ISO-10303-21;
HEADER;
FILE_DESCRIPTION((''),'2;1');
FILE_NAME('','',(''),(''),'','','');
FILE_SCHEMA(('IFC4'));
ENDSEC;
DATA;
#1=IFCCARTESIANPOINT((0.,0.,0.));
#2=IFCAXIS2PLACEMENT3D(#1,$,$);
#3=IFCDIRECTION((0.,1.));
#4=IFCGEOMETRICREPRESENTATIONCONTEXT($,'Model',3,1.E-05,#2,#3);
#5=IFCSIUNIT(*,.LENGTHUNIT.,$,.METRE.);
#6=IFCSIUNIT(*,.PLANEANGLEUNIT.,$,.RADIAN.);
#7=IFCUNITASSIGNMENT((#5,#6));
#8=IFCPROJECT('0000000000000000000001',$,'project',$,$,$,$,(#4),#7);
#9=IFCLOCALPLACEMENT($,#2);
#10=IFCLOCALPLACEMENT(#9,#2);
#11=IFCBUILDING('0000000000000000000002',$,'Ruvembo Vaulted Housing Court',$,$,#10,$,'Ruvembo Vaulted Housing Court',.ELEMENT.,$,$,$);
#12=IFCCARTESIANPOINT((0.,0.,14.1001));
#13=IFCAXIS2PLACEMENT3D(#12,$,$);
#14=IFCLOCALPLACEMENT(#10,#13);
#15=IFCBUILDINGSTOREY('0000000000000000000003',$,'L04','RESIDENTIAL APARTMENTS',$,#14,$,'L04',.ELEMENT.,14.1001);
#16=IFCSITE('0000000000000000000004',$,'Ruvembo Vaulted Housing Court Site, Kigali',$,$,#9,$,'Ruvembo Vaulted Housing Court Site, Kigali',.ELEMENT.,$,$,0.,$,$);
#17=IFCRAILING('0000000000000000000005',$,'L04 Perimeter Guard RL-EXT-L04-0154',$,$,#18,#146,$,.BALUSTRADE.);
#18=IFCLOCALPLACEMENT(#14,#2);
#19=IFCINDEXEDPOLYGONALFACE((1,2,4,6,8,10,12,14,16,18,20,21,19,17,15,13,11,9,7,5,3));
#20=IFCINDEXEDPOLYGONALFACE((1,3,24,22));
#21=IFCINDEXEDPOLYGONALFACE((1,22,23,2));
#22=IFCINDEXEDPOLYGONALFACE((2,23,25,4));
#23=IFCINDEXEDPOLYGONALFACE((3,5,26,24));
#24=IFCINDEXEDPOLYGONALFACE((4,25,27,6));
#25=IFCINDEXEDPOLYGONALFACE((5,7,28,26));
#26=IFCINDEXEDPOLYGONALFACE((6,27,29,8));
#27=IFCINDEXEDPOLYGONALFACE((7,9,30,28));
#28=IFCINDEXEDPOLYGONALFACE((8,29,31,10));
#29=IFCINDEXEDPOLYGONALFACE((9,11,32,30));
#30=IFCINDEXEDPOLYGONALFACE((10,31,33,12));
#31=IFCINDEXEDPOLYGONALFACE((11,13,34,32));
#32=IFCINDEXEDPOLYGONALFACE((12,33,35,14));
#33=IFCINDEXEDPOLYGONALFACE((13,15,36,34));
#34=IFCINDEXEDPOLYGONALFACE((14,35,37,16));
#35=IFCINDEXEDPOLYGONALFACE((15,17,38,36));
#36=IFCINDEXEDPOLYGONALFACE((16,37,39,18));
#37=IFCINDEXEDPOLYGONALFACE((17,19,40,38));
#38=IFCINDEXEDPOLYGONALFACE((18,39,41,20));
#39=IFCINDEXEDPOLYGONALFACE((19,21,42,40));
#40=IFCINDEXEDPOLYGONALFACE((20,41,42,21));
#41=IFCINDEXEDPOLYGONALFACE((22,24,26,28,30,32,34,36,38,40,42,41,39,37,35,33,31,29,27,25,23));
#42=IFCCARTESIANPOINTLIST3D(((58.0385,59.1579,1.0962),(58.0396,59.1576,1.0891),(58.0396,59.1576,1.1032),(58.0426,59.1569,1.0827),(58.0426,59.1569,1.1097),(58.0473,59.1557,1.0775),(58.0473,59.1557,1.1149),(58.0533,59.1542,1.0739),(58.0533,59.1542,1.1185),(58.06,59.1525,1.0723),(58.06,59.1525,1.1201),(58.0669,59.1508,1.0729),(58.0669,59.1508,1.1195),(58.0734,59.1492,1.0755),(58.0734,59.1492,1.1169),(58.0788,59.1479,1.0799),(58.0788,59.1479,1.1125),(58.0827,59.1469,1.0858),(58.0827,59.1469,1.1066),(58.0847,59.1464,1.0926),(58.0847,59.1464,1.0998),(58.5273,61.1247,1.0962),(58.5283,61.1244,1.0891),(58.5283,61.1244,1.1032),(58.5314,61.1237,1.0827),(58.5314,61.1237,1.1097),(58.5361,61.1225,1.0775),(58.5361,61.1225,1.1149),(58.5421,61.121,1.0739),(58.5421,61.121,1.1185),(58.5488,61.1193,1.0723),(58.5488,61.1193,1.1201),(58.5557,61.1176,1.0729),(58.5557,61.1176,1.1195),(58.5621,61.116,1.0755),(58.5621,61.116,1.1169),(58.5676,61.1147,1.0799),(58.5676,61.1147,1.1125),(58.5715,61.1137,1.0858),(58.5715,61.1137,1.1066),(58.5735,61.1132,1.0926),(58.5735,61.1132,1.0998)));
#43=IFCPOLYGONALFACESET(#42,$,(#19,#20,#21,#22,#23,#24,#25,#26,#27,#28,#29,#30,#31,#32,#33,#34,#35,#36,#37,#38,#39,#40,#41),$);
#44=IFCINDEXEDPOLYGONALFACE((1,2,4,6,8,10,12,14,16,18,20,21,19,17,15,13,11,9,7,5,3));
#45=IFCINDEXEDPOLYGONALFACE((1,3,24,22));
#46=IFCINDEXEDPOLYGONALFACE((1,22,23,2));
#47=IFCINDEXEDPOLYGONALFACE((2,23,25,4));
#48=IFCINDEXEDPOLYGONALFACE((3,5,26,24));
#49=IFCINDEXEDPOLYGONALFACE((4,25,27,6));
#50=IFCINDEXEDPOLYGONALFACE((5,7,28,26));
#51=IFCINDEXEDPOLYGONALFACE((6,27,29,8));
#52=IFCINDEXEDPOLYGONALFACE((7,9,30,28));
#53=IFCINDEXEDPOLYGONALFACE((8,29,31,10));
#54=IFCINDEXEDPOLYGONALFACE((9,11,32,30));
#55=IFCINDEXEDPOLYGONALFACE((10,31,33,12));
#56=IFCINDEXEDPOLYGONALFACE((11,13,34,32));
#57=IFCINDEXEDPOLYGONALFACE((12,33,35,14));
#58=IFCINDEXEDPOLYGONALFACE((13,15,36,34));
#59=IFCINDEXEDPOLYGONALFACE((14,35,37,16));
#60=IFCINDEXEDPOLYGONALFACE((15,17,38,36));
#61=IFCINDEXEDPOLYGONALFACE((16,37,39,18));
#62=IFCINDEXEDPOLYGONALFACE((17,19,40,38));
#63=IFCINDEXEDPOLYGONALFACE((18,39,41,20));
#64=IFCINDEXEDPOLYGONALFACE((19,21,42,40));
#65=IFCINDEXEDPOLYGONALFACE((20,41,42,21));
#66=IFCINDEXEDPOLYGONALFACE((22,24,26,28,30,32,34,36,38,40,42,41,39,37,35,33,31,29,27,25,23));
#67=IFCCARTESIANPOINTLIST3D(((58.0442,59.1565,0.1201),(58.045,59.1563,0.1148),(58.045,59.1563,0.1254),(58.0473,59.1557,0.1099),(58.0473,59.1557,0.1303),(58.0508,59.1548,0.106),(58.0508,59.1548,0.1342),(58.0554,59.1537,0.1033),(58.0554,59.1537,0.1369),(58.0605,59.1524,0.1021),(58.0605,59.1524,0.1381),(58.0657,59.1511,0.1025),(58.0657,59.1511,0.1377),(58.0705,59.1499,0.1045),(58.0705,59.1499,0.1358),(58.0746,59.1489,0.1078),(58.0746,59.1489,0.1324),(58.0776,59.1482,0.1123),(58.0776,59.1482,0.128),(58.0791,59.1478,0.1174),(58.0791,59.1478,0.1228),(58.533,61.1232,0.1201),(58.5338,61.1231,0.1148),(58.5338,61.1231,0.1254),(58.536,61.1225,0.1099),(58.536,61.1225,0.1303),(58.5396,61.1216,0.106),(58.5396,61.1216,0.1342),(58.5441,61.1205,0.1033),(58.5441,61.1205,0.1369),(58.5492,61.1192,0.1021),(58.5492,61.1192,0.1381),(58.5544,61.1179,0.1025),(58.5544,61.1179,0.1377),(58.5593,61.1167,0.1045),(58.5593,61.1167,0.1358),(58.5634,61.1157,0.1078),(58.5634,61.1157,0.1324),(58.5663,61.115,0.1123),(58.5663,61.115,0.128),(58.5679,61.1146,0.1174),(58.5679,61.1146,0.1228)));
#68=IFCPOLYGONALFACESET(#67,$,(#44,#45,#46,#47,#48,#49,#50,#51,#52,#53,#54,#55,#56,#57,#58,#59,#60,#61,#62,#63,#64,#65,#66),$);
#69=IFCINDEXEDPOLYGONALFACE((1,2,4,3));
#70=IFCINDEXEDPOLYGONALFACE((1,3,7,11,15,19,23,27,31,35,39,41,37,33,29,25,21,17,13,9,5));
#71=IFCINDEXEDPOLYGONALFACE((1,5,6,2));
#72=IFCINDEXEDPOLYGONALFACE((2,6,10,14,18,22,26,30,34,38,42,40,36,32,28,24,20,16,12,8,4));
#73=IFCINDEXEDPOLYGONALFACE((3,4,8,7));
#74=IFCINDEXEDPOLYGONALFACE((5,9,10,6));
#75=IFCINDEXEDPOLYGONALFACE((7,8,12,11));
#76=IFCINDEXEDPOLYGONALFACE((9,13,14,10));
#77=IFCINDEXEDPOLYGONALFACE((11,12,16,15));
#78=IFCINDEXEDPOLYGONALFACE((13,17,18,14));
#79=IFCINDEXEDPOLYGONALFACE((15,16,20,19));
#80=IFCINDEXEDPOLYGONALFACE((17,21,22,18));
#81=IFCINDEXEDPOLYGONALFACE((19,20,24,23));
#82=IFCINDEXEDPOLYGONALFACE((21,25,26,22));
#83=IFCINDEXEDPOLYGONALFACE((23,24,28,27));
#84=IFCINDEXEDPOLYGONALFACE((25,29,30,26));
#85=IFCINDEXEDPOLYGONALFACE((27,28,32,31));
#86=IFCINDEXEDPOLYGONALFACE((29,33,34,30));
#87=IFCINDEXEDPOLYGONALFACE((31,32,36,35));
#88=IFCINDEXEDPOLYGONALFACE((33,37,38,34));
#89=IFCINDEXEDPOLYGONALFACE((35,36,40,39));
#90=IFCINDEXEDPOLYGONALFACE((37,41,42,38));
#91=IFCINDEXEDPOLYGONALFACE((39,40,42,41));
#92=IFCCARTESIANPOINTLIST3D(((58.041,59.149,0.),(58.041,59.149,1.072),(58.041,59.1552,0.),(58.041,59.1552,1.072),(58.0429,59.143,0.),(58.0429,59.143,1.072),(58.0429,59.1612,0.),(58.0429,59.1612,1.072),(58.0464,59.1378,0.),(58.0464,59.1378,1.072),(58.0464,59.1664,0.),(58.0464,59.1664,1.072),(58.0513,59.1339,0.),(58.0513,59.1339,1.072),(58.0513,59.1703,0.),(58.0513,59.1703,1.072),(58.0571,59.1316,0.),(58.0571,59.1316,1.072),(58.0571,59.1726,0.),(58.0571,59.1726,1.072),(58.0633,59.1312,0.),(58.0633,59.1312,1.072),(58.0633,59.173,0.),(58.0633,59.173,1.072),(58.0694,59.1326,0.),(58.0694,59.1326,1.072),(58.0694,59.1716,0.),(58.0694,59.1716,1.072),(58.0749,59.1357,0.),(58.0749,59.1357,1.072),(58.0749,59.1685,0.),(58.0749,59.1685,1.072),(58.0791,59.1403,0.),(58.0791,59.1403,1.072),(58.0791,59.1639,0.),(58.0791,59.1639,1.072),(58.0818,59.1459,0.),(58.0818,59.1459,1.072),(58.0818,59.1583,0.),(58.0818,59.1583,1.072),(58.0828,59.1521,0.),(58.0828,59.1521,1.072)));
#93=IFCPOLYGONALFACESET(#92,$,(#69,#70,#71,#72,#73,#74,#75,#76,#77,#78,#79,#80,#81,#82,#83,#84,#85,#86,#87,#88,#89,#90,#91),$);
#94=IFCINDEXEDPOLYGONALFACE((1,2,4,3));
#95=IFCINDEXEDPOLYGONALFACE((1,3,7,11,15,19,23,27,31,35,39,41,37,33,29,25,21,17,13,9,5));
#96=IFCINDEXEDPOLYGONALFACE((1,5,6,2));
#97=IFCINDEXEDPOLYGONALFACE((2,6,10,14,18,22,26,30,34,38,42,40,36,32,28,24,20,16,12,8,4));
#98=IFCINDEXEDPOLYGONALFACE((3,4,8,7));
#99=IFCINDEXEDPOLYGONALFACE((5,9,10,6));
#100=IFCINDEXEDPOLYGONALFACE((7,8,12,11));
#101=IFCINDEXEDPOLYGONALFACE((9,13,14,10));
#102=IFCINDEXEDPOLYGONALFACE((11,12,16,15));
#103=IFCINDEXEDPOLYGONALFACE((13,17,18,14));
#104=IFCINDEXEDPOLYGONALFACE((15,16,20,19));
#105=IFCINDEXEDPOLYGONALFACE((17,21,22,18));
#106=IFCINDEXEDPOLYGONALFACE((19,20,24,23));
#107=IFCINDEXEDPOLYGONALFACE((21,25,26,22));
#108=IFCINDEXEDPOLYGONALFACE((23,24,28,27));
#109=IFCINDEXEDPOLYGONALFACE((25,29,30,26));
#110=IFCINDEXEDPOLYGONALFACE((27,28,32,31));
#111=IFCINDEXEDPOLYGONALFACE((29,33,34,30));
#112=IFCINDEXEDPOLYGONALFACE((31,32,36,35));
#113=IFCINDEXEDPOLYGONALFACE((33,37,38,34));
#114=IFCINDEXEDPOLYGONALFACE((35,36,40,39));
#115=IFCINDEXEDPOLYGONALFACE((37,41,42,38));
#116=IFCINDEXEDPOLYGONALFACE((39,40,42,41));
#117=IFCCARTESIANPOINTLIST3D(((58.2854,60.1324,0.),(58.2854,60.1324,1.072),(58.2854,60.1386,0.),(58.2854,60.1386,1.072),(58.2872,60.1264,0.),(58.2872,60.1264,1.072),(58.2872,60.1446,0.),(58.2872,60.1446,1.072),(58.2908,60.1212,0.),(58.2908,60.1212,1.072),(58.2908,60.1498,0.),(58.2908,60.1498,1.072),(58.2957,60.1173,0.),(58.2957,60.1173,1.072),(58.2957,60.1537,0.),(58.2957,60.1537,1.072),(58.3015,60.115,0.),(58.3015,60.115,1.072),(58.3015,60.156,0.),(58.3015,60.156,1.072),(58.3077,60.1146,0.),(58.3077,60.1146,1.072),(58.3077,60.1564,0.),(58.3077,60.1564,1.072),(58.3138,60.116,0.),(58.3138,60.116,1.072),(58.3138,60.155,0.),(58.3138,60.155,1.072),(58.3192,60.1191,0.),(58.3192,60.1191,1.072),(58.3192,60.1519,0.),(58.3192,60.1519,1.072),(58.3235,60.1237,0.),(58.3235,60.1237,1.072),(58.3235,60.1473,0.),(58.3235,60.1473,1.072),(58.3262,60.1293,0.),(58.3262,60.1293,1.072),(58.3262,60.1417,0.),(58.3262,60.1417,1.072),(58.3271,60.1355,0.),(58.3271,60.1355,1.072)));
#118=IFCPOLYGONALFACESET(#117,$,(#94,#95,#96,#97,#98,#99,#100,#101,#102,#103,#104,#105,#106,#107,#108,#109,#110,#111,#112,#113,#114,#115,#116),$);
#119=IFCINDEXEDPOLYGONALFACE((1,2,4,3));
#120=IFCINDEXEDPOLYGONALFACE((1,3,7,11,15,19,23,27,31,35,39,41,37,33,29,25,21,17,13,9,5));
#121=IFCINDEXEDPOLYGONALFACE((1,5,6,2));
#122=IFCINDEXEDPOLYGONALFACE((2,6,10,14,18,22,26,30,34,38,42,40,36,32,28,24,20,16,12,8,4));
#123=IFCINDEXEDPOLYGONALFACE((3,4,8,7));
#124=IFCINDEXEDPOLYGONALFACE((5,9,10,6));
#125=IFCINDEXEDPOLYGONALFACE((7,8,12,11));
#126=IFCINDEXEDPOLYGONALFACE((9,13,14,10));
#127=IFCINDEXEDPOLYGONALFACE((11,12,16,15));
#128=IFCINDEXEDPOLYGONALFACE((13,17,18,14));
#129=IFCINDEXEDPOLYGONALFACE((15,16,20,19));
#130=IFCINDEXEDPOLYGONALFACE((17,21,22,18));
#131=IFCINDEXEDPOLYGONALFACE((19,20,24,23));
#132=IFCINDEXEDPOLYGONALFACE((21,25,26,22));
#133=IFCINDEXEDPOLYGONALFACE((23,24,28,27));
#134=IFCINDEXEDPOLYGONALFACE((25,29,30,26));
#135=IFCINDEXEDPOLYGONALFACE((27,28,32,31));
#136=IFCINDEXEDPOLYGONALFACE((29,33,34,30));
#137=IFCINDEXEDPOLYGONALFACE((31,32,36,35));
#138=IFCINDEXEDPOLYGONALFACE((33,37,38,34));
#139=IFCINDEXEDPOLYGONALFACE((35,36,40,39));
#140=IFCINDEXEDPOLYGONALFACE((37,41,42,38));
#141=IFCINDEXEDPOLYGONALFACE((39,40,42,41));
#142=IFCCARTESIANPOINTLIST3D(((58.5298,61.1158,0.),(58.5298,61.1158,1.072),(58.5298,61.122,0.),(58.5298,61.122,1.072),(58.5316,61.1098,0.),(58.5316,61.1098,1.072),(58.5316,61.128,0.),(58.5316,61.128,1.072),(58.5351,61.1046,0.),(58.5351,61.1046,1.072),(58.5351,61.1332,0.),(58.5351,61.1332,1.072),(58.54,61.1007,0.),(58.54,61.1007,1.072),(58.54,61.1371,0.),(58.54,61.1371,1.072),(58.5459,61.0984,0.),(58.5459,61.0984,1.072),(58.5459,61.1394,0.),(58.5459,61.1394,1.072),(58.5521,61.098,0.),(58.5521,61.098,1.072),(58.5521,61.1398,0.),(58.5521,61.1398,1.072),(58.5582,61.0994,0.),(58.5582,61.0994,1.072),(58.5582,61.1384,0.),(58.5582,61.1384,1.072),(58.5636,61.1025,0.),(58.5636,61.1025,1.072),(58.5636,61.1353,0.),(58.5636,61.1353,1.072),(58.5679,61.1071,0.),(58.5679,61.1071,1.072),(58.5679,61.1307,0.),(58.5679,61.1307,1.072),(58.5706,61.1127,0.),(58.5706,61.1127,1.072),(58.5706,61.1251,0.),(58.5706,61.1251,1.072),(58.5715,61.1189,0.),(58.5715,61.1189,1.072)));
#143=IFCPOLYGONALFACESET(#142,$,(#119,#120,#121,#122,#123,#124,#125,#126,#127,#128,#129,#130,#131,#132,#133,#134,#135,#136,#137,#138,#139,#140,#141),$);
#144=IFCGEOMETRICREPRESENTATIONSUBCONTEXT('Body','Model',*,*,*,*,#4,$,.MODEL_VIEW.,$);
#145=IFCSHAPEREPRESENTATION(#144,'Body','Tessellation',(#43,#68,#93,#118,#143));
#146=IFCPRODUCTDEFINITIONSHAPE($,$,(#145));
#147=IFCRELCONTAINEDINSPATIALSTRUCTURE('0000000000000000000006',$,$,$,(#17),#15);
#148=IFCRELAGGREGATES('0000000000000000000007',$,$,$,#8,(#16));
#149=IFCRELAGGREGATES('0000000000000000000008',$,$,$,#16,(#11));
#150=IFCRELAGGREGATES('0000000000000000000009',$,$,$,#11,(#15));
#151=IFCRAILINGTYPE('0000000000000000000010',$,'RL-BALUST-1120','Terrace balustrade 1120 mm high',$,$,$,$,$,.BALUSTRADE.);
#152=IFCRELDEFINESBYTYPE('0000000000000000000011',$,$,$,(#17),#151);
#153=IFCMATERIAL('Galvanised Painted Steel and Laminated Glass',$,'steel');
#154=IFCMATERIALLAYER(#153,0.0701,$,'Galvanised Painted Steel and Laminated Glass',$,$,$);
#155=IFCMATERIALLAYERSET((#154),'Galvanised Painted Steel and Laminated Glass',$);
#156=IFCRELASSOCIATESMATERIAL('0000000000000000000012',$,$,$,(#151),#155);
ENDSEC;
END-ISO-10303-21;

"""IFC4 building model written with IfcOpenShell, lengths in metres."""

from ifc_helpers import new_model, si_unit, direction, frame, origin, origin_2d, place, context, subcontext, project, spatial, circle, extrude, material, layer, layer_set, type_object, element, save


model = new_model("IFC4")

# Units and contexts
model_context = context("Model", 3, precision=1e-05, world=origin(), true_north=direction((0.0, 1.0)))
body_context = subcontext(model_context, "Body", "Model", "MODEL_VIEW")
ifc_project = project(units=[si_unit("LENGTHUNIT", "METRE"), si_unit("PLANEANGLEUNIT", "RADIAN")], contexts=[model_context])

# Site, building, storey
site_placement = place(None, origin())
site = spatial("IfcSite", under=ifc_project, at=site_placement, Name="Ruvembo Vaulted Housing Court Site, Kigali", LongName="Ruvembo Vaulted Housing Court Site, Kigali", CompositionType="ELEMENT", RefElevation=0.0)
building_placement = place(site_placement, origin())
building = spatial("IfcBuilding", under=site, at=building_placement, Name="Ruvembo Vaulted Housing Court", LongName="Ruvembo Vaulted Housing Court", CompositionType="ELEMENT")
storey_placement = place(building_placement, frame((0.0, 0.0, 14.1001)))
storey = spatial("IfcBuildingStorey", under=building, at=storey_placement, Name="L04", Description="RESIDENTIAL APARTMENTS", LongName="L04", CompositionType="ELEMENT", Elevation=14.1001)

# Railing
ifc_material_1 = material(Name="Galvanised Painted Steel and Laminated Glass", Category="steel")
ifc_layer_1 = layer(ifc_material_1, 0.0701, Name="Galvanised Painted Steel and Laminated Glass")
ifc_layer_set_1 = layer_set([ifc_layer_1], Name="Galvanised Painted Steel and Laminated Glass")
railing_type = type_object("IfcRailingType", Name="RL-BALUST-1120", Description="Terrace balustrade 1120 mm high", PredefinedType="BALUSTRADE", material=ifc_layer_set_1)
railing_1_placement = place(storey_placement, frame((58.0618, 59.1521, 0.0)))
element("IfcRailing", 1, at=railing_1_placement, inside=storey, type_object=railing_type, Name="L04 Perimeter Guard RL-EXT-L04-0154", PredefinedType="BALUSTRADE", context=body_context, shape_type="SweptSolid", body=[
    extrude(circle(Radius=0.0239, at=origin_2d()), frame((0.0, 0.0, 1.0962), z_axis=(0.241175, 0.970482, 0.0), x_axis=(-0.970482, 0.241175, 0.0)), (0.0, 0.0, 1.0), 2.0266),
    extrude(circle(Radius=0.0181, at=origin_2d()), frame((0.0, 0.0, 0.1201), z_axis=(0.241175, 0.970482, 0.0), x_axis=(-0.970482, 0.241175, 0.0)), (0.0, 0.0, 1.0), 2.0266),
    extrude(circle(Radius=0.021, at=origin_2d()), origin(), (0.0, 0.0, 1.0), 1.072),
    extrude(circle(Radius=0.021, at=origin_2d()), frame((0.2444, 0.9834, 0.0)), (0.0, 0.0, 1.0), 1.072),
    extrude(circle(Radius=0.021, at=origin_2d()), frame((0.4888, 1.9668, 0.0)), (0.0, 0.0, 1.0), 1.072),
])

save(model, "model.ifc")
